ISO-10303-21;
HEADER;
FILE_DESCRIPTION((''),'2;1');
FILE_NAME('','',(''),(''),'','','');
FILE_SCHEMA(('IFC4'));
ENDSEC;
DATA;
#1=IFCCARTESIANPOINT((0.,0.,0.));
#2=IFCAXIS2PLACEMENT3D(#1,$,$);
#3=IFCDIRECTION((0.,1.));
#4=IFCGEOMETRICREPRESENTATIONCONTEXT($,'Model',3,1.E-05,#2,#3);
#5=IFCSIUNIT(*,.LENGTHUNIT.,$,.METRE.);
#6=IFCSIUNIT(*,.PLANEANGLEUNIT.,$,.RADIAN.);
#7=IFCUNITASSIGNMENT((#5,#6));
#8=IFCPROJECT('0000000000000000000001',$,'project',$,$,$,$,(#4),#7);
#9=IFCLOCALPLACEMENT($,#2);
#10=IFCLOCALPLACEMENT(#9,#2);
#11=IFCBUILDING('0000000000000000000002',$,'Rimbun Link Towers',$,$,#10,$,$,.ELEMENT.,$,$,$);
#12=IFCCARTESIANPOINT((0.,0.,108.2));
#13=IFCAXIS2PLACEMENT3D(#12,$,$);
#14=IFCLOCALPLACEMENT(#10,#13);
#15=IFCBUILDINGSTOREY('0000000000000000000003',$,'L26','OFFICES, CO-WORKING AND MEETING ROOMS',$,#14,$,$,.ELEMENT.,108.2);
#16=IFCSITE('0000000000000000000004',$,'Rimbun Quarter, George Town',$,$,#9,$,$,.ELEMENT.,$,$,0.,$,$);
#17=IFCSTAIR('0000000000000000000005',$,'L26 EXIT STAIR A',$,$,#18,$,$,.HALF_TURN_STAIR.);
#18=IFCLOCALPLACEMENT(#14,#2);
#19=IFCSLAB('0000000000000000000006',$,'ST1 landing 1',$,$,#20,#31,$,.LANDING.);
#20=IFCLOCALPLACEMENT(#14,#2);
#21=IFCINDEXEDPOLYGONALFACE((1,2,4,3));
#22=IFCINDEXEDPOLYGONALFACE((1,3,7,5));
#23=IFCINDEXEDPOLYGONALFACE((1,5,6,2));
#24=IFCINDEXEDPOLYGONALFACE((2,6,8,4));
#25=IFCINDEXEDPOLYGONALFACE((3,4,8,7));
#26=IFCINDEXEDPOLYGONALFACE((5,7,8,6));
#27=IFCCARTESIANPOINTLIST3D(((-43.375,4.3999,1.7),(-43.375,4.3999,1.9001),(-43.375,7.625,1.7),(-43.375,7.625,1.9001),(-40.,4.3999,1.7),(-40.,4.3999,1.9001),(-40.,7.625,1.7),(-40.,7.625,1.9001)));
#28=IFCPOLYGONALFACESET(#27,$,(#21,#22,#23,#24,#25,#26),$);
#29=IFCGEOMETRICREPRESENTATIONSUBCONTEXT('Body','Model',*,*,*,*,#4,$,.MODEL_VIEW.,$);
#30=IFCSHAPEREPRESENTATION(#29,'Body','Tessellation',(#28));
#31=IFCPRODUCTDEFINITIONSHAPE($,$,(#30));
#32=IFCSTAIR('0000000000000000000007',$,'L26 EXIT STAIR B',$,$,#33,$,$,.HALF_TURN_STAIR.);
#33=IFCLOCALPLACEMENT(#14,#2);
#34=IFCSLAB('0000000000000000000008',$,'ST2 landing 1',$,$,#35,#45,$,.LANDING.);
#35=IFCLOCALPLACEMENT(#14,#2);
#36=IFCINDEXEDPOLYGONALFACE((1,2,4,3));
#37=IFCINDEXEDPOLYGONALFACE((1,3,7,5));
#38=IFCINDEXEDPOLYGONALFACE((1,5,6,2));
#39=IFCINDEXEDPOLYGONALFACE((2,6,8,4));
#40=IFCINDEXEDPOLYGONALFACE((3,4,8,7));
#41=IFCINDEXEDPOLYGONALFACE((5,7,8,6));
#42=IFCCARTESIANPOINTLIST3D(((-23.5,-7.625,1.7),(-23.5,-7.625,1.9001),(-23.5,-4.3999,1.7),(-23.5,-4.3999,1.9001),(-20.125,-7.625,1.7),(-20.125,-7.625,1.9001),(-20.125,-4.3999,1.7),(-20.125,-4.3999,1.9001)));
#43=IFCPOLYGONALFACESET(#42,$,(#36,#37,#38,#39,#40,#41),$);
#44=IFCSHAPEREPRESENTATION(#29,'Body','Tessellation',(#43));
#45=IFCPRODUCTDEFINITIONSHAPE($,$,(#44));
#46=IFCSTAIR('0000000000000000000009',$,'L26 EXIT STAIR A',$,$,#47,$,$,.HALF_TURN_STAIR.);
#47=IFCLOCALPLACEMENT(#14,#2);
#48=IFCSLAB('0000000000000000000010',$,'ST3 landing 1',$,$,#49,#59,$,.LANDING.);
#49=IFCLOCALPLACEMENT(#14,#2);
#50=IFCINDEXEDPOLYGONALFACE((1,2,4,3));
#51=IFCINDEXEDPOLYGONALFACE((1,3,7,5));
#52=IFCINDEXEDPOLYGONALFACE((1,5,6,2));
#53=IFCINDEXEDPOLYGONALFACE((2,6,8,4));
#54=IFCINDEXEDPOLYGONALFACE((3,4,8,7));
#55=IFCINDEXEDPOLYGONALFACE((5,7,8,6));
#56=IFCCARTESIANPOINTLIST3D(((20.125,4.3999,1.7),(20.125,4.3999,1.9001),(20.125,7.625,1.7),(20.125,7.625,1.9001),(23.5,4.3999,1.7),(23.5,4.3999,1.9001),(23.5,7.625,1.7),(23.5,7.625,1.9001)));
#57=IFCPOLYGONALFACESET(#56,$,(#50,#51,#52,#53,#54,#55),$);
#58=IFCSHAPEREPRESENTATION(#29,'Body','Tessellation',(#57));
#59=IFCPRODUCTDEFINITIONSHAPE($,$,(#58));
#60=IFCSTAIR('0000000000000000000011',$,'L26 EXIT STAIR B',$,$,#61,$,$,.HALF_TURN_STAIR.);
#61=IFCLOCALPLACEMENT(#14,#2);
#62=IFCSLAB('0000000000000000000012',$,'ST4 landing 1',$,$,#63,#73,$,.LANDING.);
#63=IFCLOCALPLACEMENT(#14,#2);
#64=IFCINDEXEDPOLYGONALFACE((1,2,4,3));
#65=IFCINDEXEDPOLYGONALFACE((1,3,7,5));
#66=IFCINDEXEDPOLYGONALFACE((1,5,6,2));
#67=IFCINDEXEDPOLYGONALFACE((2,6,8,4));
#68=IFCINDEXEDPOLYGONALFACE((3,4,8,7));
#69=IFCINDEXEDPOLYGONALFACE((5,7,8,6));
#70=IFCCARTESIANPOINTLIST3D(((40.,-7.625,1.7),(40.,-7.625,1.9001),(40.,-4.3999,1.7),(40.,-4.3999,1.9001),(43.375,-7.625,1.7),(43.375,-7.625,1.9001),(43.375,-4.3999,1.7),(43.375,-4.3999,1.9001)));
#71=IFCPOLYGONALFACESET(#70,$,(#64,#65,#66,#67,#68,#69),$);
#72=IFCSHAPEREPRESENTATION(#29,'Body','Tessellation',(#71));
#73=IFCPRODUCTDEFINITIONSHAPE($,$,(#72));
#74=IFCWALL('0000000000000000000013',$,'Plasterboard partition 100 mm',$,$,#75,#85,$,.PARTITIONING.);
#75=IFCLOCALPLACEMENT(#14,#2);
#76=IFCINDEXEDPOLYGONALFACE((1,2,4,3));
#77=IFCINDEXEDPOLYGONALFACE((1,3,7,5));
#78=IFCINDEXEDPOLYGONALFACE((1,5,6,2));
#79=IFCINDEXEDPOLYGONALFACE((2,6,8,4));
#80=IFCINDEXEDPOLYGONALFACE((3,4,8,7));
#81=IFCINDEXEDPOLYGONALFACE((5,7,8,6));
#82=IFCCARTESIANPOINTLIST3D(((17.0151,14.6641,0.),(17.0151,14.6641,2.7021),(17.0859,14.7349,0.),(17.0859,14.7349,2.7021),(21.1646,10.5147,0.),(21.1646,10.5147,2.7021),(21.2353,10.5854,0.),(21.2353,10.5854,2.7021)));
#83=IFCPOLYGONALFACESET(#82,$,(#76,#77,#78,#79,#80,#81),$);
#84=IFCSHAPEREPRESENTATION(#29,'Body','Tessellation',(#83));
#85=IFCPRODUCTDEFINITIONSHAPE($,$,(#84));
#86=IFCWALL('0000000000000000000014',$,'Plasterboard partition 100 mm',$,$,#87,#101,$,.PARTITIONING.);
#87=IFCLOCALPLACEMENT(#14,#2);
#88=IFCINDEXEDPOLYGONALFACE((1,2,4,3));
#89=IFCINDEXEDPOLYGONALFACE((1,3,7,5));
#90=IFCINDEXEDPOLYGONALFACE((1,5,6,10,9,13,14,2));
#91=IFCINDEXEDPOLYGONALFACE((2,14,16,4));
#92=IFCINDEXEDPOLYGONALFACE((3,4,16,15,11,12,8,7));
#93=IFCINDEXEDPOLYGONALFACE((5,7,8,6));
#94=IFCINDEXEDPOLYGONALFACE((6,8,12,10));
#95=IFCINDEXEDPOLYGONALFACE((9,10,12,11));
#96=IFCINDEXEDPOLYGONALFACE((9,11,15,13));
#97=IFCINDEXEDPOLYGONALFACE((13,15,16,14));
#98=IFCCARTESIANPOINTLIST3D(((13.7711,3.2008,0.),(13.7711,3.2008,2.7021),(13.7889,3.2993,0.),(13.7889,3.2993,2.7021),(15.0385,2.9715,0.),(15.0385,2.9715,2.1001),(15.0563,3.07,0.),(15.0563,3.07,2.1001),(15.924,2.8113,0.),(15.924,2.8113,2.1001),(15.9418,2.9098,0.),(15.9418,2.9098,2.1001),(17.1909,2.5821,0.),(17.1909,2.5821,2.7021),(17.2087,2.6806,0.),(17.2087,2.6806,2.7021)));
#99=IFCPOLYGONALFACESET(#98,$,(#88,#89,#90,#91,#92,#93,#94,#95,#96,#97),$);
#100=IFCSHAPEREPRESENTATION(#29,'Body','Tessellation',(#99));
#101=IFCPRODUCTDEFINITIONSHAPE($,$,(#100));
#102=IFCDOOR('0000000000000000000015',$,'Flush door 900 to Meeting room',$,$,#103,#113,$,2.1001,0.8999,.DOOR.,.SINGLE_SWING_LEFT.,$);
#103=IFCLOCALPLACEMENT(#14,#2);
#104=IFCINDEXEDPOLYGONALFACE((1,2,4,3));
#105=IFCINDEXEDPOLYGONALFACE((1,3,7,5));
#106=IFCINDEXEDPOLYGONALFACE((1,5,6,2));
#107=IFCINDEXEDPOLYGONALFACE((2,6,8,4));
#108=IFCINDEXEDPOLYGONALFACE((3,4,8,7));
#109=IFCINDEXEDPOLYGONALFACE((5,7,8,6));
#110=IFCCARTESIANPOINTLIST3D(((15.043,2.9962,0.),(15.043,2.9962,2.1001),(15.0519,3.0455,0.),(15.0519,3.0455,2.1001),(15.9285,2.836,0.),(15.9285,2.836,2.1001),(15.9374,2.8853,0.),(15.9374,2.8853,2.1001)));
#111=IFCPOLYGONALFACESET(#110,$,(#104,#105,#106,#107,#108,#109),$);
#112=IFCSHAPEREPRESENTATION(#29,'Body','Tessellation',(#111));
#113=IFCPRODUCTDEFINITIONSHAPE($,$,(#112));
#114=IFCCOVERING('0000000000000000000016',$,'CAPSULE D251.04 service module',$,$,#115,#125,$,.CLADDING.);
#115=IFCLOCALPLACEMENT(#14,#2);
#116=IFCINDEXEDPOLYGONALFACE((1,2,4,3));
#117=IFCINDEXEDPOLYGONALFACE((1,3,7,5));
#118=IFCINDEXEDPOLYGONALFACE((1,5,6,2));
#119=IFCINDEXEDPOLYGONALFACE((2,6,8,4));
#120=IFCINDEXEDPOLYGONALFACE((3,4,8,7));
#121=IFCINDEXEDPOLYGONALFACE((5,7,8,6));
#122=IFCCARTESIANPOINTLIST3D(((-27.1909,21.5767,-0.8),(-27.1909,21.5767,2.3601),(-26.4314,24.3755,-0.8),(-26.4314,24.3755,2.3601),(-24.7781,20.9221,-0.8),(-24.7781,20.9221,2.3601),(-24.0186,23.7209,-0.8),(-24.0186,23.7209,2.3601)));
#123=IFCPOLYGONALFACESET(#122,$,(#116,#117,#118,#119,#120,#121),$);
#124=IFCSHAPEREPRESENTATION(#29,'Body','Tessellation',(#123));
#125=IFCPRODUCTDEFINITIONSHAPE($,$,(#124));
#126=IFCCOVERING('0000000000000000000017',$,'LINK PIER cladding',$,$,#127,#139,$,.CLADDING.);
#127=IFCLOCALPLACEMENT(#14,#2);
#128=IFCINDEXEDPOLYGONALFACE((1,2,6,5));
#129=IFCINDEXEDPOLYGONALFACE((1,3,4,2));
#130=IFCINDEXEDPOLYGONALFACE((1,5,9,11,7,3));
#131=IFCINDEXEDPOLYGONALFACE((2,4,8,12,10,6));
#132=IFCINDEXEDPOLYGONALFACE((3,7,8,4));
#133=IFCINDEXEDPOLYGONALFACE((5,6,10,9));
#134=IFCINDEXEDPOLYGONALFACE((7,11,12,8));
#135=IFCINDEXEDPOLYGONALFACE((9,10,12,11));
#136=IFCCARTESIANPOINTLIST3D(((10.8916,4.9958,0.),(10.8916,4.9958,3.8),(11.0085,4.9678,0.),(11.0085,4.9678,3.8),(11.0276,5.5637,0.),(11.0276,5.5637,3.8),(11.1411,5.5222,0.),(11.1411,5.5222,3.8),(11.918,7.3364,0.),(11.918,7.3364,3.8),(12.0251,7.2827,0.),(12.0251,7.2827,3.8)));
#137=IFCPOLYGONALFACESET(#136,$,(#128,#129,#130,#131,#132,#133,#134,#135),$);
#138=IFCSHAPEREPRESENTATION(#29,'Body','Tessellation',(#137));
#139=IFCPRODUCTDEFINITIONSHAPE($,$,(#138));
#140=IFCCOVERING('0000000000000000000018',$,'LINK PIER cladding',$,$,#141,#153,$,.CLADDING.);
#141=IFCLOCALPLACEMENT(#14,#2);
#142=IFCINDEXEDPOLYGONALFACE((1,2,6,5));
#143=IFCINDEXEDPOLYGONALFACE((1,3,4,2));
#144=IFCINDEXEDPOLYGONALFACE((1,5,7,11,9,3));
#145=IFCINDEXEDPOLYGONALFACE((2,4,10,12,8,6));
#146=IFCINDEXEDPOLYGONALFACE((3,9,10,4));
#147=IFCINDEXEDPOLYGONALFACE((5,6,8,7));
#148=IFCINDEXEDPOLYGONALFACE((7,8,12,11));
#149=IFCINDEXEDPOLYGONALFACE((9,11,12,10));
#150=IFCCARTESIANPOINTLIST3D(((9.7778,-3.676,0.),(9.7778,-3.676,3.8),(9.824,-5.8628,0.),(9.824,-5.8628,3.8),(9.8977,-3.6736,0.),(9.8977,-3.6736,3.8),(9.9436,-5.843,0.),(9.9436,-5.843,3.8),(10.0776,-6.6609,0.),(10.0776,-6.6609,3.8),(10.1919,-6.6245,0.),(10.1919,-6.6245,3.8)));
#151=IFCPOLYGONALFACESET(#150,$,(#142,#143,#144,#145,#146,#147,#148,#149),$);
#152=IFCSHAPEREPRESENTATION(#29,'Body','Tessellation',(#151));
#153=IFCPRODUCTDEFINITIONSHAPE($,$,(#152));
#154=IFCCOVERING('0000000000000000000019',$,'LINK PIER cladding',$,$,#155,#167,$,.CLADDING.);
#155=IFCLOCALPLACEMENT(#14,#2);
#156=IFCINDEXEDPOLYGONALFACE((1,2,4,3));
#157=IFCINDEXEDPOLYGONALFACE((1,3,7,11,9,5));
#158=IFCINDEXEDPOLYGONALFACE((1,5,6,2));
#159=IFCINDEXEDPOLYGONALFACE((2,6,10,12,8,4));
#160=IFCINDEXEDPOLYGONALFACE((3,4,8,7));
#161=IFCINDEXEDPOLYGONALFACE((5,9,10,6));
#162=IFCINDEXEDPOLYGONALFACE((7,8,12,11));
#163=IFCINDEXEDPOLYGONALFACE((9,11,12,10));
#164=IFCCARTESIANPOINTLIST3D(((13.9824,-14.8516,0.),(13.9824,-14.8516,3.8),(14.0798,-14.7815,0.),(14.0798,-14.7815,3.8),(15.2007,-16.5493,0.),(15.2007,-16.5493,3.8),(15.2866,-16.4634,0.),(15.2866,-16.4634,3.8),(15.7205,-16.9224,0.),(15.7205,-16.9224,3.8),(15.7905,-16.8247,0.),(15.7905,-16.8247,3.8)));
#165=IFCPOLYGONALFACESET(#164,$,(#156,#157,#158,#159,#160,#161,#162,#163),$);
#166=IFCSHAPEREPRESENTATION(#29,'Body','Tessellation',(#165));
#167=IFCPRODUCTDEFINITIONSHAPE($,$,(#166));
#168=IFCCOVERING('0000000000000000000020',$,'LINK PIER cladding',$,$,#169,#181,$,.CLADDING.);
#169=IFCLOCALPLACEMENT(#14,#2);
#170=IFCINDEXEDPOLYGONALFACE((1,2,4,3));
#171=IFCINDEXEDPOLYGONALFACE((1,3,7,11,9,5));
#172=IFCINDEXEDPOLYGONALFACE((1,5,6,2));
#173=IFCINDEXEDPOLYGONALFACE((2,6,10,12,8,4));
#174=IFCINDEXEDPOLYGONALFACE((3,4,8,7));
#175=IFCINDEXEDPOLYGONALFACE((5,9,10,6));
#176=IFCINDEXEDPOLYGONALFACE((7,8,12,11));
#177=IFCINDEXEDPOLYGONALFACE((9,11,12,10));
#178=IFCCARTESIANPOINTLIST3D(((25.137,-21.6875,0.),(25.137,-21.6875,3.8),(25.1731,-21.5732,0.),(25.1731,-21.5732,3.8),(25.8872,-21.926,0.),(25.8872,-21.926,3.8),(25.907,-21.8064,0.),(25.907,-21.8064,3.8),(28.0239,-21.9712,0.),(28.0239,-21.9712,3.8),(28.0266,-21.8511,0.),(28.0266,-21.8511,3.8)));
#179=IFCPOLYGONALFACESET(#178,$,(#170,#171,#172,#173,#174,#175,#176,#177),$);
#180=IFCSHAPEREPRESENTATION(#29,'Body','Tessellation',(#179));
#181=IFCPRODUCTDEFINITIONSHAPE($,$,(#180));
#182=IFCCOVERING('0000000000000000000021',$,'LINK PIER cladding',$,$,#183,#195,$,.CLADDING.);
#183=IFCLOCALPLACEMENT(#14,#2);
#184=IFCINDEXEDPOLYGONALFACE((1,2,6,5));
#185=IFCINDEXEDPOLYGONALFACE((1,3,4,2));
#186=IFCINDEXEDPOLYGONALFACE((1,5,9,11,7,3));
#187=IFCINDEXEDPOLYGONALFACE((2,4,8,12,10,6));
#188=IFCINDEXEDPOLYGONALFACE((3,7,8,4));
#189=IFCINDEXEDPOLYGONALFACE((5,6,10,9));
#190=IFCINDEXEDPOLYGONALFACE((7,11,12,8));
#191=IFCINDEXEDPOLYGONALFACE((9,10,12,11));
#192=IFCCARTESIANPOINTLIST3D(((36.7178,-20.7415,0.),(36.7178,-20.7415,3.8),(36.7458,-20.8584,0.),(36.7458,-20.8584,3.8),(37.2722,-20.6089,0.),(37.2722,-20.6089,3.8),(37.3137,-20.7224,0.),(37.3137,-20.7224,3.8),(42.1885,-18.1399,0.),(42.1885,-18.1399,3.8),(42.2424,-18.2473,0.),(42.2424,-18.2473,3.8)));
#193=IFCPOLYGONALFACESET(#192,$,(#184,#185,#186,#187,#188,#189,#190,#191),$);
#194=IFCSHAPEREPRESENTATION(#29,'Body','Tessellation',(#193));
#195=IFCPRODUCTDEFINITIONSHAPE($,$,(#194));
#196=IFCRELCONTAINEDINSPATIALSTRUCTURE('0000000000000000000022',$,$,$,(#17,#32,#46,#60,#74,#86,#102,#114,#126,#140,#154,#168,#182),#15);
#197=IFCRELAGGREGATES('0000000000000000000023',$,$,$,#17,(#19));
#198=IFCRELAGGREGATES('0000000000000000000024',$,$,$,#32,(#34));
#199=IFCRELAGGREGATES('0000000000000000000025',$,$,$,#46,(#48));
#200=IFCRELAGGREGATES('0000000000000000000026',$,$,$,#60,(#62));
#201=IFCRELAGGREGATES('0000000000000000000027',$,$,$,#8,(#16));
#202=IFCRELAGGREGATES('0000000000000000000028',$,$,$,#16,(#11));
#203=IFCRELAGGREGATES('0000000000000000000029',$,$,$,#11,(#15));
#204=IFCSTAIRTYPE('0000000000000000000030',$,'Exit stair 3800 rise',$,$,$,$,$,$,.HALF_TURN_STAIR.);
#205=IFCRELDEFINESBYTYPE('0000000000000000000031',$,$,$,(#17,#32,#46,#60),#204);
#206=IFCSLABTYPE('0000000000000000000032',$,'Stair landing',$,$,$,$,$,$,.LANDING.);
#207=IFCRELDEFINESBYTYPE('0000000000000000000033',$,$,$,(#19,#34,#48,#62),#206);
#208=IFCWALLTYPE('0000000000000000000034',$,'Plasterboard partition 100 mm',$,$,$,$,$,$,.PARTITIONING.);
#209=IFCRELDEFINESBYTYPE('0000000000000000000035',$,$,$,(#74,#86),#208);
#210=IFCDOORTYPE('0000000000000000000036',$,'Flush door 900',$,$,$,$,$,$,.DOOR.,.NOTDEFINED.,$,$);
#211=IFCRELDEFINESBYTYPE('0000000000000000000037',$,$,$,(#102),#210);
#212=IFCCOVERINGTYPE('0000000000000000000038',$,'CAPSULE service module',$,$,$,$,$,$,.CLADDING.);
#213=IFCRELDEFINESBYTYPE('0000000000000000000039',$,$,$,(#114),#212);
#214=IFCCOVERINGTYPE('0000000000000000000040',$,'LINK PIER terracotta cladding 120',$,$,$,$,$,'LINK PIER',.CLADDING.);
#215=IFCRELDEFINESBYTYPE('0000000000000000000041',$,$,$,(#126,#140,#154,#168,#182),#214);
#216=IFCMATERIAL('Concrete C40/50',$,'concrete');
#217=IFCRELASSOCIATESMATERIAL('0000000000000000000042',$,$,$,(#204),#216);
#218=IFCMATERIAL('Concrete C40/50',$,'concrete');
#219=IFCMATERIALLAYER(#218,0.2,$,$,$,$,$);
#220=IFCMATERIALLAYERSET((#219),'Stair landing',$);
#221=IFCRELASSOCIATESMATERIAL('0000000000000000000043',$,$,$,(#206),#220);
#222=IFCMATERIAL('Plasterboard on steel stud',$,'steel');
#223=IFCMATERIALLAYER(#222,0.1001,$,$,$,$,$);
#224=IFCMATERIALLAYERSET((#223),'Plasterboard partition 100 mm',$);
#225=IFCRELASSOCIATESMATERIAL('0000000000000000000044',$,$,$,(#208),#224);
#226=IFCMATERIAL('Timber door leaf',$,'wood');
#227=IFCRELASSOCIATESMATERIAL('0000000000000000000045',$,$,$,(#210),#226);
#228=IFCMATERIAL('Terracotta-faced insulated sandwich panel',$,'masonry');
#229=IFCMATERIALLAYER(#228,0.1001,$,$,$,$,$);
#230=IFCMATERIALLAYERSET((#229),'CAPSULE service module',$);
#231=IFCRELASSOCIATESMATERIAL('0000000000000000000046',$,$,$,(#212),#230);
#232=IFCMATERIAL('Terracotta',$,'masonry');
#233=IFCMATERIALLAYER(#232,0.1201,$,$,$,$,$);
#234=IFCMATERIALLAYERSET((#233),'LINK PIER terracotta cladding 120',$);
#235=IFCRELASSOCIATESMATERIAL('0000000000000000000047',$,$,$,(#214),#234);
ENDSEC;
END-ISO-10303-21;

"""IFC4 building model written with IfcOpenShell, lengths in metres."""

from ifc_helpers import new_model, si_unit, direction, frame, frame_2d, origin, place, context, subcontext, project, spatial, polyline, rectangle, outline, extrude, material, layer, layer_set, type_object, element, fill, aggregate, save


model = new_model("IFC4")

# Units and contexts
model_context = context("Model", 3, precision=1e-05, world=origin(), true_north=direction((0.0, 1.0)))
body_context = subcontext(model_context, "Body", "Model", "MODEL_VIEW")
ifc_project = project(units=[si_unit("LENGTHUNIT", "METRE"), si_unit("PLANEANGLEUNIT", "RADIAN")], contexts=[model_context])

# Site, building, storey
site_placement = place(None, origin())
site = spatial("IfcSite", under=ifc_project, at=site_placement, Name="Rimbun Quarter, George Town", CompositionType="ELEMENT", RefElevation=0.0)
building_placement = place(site_placement, origin())
building = spatial("IfcBuilding", under=site, at=building_placement, Name="Rimbun Link Towers", CompositionType="ELEMENT")
storey_placement = place(building_placement, frame((0.0, 0.0, 108.2)))
storey = spatial("IfcBuildingStorey", under=building, at=storey_placement, Name="L26", Description="OFFICES, CO-WORKING AND MEETING ROOMS", CompositionType="ELEMENT", Elevation=108.2)

# Stairs, slabs
ifc_material_1 = material(Name="Concrete C40/50", Category="concrete")
stair_type = type_object("IfcStairType", Name="Exit stair 3800 rise", PredefinedType="HALF_TURN_STAIR", material=ifc_material_1)
stair_1_placement = place(storey_placement, origin())
stair_1 = element("IfcStair", 1, at=stair_1_placement, inside=storey, type_object=stair_type, Name="L26 EXIT STAIR A", PredefinedType="HALF_TURN_STAIR")
ifc_material_2 = material(Name="Concrete C40/50", Category="concrete")
ifc_layer_1 = layer(ifc_material_2, 0.2)
ifc_layer_set_1 = layer_set([ifc_layer_1], Name="Stair landing")
slab_type = type_object("IfcSlabType", Name="Stair landing", PredefinedType="LANDING", material=ifc_layer_set_1)
slab_1_placement = place(storey_placement, frame((0.0, 0.0, 1.7)))
slab_1 = element("IfcSlab", 2, at=slab_1_placement, type_object=slab_type, Name="ST1 landing 1", PredefinedType="LANDING", context=body_context, shape_type="SweptSolid", body=[
    extrude(outline(polyline([(-40.0, 7.625), (-43.375, 7.625), (-43.375, 4.3999), (-40.0, 4.3999), (-40.0, 7.625)])), origin(), (0.0, 0.0, 1.0), 0.2002),
])
aggregate(stair_1, [slab_1])
stair_2_placement = place(storey_placement, origin())
stair_2 = element("IfcStair", 3, at=stair_2_placement, inside=storey, type_object=stair_type, Name="L26 EXIT STAIR B", PredefinedType="HALF_TURN_STAIR")
slab_2_placement = place(storey_placement, frame((0.0, 0.0, 1.7)))
slab_2 = element("IfcSlab", 4, at=slab_2_placement, type_object=slab_type, Name="ST2 landing 1", PredefinedType="LANDING", context=body_context, shape_type="SweptSolid", body=[
    extrude(outline(polyline([(-23.5, -7.625), (-20.125, -7.625), (-20.125, -4.3999), (-23.5, -4.3999), (-23.5, -7.625)])), origin(), (0.0, 0.0, 1.0), 0.2002),
])
aggregate(stair_2, [slab_2])
stair_3_placement = place(storey_placement, origin())
stair_3 = element("IfcStair", 5, at=stair_3_placement, inside=storey, type_object=stair_type, Name="L26 EXIT STAIR A", PredefinedType="HALF_TURN_STAIR")
slab_3_placement = place(storey_placement, frame((0.0, 0.0, 1.7)))
slab_3 = element("IfcSlab", 6, at=slab_3_placement, type_object=slab_type, Name="ST3 landing 1", PredefinedType="LANDING", context=body_context, shape_type="SweptSolid", body=[
    extrude(outline(polyline([(23.5, 7.625), (20.125, 7.625), (20.125, 4.3999), (23.5, 4.3999), (23.5, 7.625)])), origin(), (0.0, 0.0, 1.0), 0.2002),
])
aggregate(stair_3, [slab_3])
stair_4_placement = place(storey_placement, origin())
stair_4 = element("IfcStair", 7, at=stair_4_placement, inside=storey, type_object=stair_type, Name="L26 EXIT STAIR B", PredefinedType="HALF_TURN_STAIR")
slab_4_placement = place(storey_placement, frame((0.0, 0.0, 1.7)))
slab_4 = element("IfcSlab", 8, at=slab_4_placement, type_object=slab_type, Name="ST4 landing 1", PredefinedType="LANDING", context=body_context, shape_type="SweptSolid", body=[
    extrude(outline(polyline([(40.0, -7.625), (43.375, -7.625), (43.375, -4.3999), (40.0, -4.3999), (40.0, -7.625)])), origin(), (0.0, 0.0, 1.0), 0.2002),
])
aggregate(stair_4, [slab_4])

# Wall
ifc_material_3 = material(Name="Plasterboard on steel stud", Category="steel")
ifc_layer_2 = layer(ifc_material_3, 0.1001)
ifc_layer_set_2 = layer_set([ifc_layer_2], Name="Plasterboard partition 100 mm")
wall_type = type_object("IfcWallType", Name="Plasterboard partition 100 mm", PredefinedType="PARTITIONING", material=ifc_layer_set_2)
wall_1_placement = place(storey_placement, frame((17.0505, 14.6995, 0.0), z_axis=(0.0, 0.0, 1.0), x_axis=(0.707107, -0.707107, 0.0)))
element("IfcWall", 9, at=wall_1_placement, inside=storey, type_object=wall_type, Name="Plasterboard partition 100 mm", PredefinedType="PARTITIONING", context=body_context, shape_type="SweptSolid", body=[
    extrude(rectangle(XDim=5.8682, YDim=0.1001, at=frame_2d((2.9341, 0.0))), origin(), (0.0, 0.0, 1.0), 2.7021),
])

# Wall, opening, door
wall_2_placement = place(storey_placement, frame((17.2, 2.6313, 0.0), z_axis=(0.0, 0.0, 1.0), x_axis=(-0.984029, 0.178008, 0.0)))
wall_2 = element("IfcWall", 10, at=wall_2_placement, inside=storey, type_object=wall_type, Name="Plasterboard partition 100 mm", PredefinedType="PARTITIONING", context=body_context, shape_type="SweptSolid", body=[
    extrude(rectangle(XDim=3.4753, YDim=0.1001, at=frame_2d((1.7378, 0.0))), origin(), (0.0, 0.0, 1.0), 2.7021),
])
opening_placement = place(wall_2_placement, frame((1.2876, 0.0, 0.0)))
opening = element("IfcOpeningElement", 11, at=opening_placement, cuts=wall_2, PredefinedType="OPENING", context=body_context, shape_type="SweptSolid", body=[
    extrude(rectangle(XDim=0.8999, YDim=2.1001, at=frame_2d((0.45, 1.05))), frame((0.0, 0.0601, 0.0), z_axis=(0.0, -1.0, 0.0), x_axis=(1.0, 0.0, 0.0)), (0.0, 0.0, 1.0), 0.1201),
])
ifc_material_4 = material(Name="Timber door leaf", Category="wood")
door_type = type_object("IfcDoorType", Name="Flush door 900", OperationType="NOTDEFINED", PredefinedType="DOOR", material=ifc_material_4)
door_placement = place(opening_placement, origin())
door = element("IfcDoor", 12, at=door_placement, inside=storey, type_object=door_type, Name="Flush door 900 to Meeting room", OperationType="SINGLE_SWING_LEFT", OverallHeight=2.1001, OverallWidth=0.8999, PredefinedType="DOOR", context=body_context, shape_type="SweptSolid", body=[
    extrude(rectangle(XDim=0.8999, YDim=2.1001, at=frame_2d((0.45, 1.05))), frame((0.0, 0.0249, 0.0), z_axis=(0.0, -1.0, 0.0), x_axis=(1.0, 0.0, 0.0)), (0.0, 0.0, 1.0), 0.05),
])
fill(opening, door)

# Coverings
ifc_material_5 = material(Name="Terracotta-faced insulated sandwich panel", Category="masonry")
ifc_layer_3 = layer(ifc_material_5, 0.1001)
ifc_layer_set_3 = layer_set([ifc_layer_3], Name="CAPSULE service module")
covering_type_1 = type_object("IfcCoveringType", Name="CAPSULE service module", PredefinedType="CLADDING", material=ifc_layer_set_3)
covering_1_placement = place(storey_placement, frame((0.0, 0.0, -0.8)))
element("IfcCovering", 13, at=covering_1_placement, inside=storey, type_object=covering_type_1, Name="CAPSULE D251.04 service module", PredefinedType="CLADDING", context=body_context, shape_type="SweptSolid", body=[
    extrude(outline(polyline([(-24.0186, 23.7209), (-26.4314, 24.3755), (-27.1909, 21.5767), (-24.7781, 20.9221), (-24.0186, 23.7209)])), origin(), (0.0, 0.0, 1.0), 3.1602),
])
ifc_material_6 = material(Name="Terracotta", Category="masonry")
ifc_layer_4 = layer(ifc_material_6, 0.1201)
ifc_layer_set_4 = layer_set([ifc_layer_4], Name="LINK PIER terracotta cladding 120")
covering_type_2 = type_object("IfcCoveringType", Name="LINK PIER terracotta cladding 120", ElementType="LINK PIER", PredefinedType="CLADDING", material=ifc_layer_set_4)
covering_2_placement = place(storey_placement, origin())
element("IfcCovering", 14, at=covering_2_placement, inside=storey, type_object=covering_type_2, Name="LINK PIER cladding", PredefinedType="CLADDING", context=body_context, shape_type="SweptSolid", body=[
    extrude(outline(polyline([(11.0085, 4.9678), (11.1411, 5.5222), (12.0251, 7.2827), (11.918, 7.3364), (11.0276, 5.5637), (10.8916, 4.9958), (11.0085, 4.9678)])), origin(), (0.0, 0.0, 1.0), 3.8),
])
covering_3_placement = place(storey_placement, origin())
element("IfcCovering", 15, at=covering_3_placement, inside=storey, type_object=covering_type_2, Name="LINK PIER cladding", PredefinedType="CLADDING", context=body_context, shape_type="SweptSolid", body=[
    extrude(outline(polyline([(10.1919, -6.6245), (9.9436, -5.843), (9.8977, -3.6736), (9.7778, -3.676), (9.824, -5.8628), (10.0776, -6.6609), (10.1919, -6.6245)])), origin(), (0.0, 0.0, 1.0), 3.8),
])
covering_4_placement = place(storey_placement, origin())
element("IfcCovering", 16, at=covering_4_placement, inside=storey, type_object=covering_type_2, Name="LINK PIER cladding", PredefinedType="CLADDING", context=body_context, shape_type="SweptSolid", body=[
    extrude(outline(polyline([(15.7905, -16.8247), (15.2866, -16.4634), (14.0798, -14.7815), (13.9824, -14.8516), (15.2007, -16.5493), (15.7205, -16.9224), (15.7905, -16.8247)])), origin(), (0.0, 0.0, 1.0), 3.8),
])
covering_5_placement = place(storey_placement, origin())
element("IfcCovering", 17, at=covering_5_placement, inside=storey, type_object=covering_type_2, Name="LINK PIER cladding", PredefinedType="CLADDING", context=body_context, shape_type="SweptSolid", body=[
    extrude(outline(polyline([(28.0266, -21.8511), (25.907, -21.8064), (25.1731, -21.5732), (25.137, -21.6875), (25.8872, -21.926), (28.0239, -21.9712), (28.0266, -21.8511)])), origin(), (0.0, 0.0, 1.0), 3.8),
])
covering_6_placement = place(storey_placement, origin())
element("IfcCovering", 18, at=covering_6_placement, inside=storey, type_object=covering_type_2, Name="LINK PIER cladding", PredefinedType="CLADDING", context=body_context, shape_type="SweptSolid", body=[
    extrude(outline(polyline([(42.1885, -18.1399), (37.2722, -20.6089), (36.7178, -20.7415), (36.7458, -20.8584), (37.3137, -20.7224), (42.2424, -18.2473), (42.1885, -18.1399)])), origin(), (0.0, 0.0, 1.0), 3.8),
])

save(model, "model.ifc")
